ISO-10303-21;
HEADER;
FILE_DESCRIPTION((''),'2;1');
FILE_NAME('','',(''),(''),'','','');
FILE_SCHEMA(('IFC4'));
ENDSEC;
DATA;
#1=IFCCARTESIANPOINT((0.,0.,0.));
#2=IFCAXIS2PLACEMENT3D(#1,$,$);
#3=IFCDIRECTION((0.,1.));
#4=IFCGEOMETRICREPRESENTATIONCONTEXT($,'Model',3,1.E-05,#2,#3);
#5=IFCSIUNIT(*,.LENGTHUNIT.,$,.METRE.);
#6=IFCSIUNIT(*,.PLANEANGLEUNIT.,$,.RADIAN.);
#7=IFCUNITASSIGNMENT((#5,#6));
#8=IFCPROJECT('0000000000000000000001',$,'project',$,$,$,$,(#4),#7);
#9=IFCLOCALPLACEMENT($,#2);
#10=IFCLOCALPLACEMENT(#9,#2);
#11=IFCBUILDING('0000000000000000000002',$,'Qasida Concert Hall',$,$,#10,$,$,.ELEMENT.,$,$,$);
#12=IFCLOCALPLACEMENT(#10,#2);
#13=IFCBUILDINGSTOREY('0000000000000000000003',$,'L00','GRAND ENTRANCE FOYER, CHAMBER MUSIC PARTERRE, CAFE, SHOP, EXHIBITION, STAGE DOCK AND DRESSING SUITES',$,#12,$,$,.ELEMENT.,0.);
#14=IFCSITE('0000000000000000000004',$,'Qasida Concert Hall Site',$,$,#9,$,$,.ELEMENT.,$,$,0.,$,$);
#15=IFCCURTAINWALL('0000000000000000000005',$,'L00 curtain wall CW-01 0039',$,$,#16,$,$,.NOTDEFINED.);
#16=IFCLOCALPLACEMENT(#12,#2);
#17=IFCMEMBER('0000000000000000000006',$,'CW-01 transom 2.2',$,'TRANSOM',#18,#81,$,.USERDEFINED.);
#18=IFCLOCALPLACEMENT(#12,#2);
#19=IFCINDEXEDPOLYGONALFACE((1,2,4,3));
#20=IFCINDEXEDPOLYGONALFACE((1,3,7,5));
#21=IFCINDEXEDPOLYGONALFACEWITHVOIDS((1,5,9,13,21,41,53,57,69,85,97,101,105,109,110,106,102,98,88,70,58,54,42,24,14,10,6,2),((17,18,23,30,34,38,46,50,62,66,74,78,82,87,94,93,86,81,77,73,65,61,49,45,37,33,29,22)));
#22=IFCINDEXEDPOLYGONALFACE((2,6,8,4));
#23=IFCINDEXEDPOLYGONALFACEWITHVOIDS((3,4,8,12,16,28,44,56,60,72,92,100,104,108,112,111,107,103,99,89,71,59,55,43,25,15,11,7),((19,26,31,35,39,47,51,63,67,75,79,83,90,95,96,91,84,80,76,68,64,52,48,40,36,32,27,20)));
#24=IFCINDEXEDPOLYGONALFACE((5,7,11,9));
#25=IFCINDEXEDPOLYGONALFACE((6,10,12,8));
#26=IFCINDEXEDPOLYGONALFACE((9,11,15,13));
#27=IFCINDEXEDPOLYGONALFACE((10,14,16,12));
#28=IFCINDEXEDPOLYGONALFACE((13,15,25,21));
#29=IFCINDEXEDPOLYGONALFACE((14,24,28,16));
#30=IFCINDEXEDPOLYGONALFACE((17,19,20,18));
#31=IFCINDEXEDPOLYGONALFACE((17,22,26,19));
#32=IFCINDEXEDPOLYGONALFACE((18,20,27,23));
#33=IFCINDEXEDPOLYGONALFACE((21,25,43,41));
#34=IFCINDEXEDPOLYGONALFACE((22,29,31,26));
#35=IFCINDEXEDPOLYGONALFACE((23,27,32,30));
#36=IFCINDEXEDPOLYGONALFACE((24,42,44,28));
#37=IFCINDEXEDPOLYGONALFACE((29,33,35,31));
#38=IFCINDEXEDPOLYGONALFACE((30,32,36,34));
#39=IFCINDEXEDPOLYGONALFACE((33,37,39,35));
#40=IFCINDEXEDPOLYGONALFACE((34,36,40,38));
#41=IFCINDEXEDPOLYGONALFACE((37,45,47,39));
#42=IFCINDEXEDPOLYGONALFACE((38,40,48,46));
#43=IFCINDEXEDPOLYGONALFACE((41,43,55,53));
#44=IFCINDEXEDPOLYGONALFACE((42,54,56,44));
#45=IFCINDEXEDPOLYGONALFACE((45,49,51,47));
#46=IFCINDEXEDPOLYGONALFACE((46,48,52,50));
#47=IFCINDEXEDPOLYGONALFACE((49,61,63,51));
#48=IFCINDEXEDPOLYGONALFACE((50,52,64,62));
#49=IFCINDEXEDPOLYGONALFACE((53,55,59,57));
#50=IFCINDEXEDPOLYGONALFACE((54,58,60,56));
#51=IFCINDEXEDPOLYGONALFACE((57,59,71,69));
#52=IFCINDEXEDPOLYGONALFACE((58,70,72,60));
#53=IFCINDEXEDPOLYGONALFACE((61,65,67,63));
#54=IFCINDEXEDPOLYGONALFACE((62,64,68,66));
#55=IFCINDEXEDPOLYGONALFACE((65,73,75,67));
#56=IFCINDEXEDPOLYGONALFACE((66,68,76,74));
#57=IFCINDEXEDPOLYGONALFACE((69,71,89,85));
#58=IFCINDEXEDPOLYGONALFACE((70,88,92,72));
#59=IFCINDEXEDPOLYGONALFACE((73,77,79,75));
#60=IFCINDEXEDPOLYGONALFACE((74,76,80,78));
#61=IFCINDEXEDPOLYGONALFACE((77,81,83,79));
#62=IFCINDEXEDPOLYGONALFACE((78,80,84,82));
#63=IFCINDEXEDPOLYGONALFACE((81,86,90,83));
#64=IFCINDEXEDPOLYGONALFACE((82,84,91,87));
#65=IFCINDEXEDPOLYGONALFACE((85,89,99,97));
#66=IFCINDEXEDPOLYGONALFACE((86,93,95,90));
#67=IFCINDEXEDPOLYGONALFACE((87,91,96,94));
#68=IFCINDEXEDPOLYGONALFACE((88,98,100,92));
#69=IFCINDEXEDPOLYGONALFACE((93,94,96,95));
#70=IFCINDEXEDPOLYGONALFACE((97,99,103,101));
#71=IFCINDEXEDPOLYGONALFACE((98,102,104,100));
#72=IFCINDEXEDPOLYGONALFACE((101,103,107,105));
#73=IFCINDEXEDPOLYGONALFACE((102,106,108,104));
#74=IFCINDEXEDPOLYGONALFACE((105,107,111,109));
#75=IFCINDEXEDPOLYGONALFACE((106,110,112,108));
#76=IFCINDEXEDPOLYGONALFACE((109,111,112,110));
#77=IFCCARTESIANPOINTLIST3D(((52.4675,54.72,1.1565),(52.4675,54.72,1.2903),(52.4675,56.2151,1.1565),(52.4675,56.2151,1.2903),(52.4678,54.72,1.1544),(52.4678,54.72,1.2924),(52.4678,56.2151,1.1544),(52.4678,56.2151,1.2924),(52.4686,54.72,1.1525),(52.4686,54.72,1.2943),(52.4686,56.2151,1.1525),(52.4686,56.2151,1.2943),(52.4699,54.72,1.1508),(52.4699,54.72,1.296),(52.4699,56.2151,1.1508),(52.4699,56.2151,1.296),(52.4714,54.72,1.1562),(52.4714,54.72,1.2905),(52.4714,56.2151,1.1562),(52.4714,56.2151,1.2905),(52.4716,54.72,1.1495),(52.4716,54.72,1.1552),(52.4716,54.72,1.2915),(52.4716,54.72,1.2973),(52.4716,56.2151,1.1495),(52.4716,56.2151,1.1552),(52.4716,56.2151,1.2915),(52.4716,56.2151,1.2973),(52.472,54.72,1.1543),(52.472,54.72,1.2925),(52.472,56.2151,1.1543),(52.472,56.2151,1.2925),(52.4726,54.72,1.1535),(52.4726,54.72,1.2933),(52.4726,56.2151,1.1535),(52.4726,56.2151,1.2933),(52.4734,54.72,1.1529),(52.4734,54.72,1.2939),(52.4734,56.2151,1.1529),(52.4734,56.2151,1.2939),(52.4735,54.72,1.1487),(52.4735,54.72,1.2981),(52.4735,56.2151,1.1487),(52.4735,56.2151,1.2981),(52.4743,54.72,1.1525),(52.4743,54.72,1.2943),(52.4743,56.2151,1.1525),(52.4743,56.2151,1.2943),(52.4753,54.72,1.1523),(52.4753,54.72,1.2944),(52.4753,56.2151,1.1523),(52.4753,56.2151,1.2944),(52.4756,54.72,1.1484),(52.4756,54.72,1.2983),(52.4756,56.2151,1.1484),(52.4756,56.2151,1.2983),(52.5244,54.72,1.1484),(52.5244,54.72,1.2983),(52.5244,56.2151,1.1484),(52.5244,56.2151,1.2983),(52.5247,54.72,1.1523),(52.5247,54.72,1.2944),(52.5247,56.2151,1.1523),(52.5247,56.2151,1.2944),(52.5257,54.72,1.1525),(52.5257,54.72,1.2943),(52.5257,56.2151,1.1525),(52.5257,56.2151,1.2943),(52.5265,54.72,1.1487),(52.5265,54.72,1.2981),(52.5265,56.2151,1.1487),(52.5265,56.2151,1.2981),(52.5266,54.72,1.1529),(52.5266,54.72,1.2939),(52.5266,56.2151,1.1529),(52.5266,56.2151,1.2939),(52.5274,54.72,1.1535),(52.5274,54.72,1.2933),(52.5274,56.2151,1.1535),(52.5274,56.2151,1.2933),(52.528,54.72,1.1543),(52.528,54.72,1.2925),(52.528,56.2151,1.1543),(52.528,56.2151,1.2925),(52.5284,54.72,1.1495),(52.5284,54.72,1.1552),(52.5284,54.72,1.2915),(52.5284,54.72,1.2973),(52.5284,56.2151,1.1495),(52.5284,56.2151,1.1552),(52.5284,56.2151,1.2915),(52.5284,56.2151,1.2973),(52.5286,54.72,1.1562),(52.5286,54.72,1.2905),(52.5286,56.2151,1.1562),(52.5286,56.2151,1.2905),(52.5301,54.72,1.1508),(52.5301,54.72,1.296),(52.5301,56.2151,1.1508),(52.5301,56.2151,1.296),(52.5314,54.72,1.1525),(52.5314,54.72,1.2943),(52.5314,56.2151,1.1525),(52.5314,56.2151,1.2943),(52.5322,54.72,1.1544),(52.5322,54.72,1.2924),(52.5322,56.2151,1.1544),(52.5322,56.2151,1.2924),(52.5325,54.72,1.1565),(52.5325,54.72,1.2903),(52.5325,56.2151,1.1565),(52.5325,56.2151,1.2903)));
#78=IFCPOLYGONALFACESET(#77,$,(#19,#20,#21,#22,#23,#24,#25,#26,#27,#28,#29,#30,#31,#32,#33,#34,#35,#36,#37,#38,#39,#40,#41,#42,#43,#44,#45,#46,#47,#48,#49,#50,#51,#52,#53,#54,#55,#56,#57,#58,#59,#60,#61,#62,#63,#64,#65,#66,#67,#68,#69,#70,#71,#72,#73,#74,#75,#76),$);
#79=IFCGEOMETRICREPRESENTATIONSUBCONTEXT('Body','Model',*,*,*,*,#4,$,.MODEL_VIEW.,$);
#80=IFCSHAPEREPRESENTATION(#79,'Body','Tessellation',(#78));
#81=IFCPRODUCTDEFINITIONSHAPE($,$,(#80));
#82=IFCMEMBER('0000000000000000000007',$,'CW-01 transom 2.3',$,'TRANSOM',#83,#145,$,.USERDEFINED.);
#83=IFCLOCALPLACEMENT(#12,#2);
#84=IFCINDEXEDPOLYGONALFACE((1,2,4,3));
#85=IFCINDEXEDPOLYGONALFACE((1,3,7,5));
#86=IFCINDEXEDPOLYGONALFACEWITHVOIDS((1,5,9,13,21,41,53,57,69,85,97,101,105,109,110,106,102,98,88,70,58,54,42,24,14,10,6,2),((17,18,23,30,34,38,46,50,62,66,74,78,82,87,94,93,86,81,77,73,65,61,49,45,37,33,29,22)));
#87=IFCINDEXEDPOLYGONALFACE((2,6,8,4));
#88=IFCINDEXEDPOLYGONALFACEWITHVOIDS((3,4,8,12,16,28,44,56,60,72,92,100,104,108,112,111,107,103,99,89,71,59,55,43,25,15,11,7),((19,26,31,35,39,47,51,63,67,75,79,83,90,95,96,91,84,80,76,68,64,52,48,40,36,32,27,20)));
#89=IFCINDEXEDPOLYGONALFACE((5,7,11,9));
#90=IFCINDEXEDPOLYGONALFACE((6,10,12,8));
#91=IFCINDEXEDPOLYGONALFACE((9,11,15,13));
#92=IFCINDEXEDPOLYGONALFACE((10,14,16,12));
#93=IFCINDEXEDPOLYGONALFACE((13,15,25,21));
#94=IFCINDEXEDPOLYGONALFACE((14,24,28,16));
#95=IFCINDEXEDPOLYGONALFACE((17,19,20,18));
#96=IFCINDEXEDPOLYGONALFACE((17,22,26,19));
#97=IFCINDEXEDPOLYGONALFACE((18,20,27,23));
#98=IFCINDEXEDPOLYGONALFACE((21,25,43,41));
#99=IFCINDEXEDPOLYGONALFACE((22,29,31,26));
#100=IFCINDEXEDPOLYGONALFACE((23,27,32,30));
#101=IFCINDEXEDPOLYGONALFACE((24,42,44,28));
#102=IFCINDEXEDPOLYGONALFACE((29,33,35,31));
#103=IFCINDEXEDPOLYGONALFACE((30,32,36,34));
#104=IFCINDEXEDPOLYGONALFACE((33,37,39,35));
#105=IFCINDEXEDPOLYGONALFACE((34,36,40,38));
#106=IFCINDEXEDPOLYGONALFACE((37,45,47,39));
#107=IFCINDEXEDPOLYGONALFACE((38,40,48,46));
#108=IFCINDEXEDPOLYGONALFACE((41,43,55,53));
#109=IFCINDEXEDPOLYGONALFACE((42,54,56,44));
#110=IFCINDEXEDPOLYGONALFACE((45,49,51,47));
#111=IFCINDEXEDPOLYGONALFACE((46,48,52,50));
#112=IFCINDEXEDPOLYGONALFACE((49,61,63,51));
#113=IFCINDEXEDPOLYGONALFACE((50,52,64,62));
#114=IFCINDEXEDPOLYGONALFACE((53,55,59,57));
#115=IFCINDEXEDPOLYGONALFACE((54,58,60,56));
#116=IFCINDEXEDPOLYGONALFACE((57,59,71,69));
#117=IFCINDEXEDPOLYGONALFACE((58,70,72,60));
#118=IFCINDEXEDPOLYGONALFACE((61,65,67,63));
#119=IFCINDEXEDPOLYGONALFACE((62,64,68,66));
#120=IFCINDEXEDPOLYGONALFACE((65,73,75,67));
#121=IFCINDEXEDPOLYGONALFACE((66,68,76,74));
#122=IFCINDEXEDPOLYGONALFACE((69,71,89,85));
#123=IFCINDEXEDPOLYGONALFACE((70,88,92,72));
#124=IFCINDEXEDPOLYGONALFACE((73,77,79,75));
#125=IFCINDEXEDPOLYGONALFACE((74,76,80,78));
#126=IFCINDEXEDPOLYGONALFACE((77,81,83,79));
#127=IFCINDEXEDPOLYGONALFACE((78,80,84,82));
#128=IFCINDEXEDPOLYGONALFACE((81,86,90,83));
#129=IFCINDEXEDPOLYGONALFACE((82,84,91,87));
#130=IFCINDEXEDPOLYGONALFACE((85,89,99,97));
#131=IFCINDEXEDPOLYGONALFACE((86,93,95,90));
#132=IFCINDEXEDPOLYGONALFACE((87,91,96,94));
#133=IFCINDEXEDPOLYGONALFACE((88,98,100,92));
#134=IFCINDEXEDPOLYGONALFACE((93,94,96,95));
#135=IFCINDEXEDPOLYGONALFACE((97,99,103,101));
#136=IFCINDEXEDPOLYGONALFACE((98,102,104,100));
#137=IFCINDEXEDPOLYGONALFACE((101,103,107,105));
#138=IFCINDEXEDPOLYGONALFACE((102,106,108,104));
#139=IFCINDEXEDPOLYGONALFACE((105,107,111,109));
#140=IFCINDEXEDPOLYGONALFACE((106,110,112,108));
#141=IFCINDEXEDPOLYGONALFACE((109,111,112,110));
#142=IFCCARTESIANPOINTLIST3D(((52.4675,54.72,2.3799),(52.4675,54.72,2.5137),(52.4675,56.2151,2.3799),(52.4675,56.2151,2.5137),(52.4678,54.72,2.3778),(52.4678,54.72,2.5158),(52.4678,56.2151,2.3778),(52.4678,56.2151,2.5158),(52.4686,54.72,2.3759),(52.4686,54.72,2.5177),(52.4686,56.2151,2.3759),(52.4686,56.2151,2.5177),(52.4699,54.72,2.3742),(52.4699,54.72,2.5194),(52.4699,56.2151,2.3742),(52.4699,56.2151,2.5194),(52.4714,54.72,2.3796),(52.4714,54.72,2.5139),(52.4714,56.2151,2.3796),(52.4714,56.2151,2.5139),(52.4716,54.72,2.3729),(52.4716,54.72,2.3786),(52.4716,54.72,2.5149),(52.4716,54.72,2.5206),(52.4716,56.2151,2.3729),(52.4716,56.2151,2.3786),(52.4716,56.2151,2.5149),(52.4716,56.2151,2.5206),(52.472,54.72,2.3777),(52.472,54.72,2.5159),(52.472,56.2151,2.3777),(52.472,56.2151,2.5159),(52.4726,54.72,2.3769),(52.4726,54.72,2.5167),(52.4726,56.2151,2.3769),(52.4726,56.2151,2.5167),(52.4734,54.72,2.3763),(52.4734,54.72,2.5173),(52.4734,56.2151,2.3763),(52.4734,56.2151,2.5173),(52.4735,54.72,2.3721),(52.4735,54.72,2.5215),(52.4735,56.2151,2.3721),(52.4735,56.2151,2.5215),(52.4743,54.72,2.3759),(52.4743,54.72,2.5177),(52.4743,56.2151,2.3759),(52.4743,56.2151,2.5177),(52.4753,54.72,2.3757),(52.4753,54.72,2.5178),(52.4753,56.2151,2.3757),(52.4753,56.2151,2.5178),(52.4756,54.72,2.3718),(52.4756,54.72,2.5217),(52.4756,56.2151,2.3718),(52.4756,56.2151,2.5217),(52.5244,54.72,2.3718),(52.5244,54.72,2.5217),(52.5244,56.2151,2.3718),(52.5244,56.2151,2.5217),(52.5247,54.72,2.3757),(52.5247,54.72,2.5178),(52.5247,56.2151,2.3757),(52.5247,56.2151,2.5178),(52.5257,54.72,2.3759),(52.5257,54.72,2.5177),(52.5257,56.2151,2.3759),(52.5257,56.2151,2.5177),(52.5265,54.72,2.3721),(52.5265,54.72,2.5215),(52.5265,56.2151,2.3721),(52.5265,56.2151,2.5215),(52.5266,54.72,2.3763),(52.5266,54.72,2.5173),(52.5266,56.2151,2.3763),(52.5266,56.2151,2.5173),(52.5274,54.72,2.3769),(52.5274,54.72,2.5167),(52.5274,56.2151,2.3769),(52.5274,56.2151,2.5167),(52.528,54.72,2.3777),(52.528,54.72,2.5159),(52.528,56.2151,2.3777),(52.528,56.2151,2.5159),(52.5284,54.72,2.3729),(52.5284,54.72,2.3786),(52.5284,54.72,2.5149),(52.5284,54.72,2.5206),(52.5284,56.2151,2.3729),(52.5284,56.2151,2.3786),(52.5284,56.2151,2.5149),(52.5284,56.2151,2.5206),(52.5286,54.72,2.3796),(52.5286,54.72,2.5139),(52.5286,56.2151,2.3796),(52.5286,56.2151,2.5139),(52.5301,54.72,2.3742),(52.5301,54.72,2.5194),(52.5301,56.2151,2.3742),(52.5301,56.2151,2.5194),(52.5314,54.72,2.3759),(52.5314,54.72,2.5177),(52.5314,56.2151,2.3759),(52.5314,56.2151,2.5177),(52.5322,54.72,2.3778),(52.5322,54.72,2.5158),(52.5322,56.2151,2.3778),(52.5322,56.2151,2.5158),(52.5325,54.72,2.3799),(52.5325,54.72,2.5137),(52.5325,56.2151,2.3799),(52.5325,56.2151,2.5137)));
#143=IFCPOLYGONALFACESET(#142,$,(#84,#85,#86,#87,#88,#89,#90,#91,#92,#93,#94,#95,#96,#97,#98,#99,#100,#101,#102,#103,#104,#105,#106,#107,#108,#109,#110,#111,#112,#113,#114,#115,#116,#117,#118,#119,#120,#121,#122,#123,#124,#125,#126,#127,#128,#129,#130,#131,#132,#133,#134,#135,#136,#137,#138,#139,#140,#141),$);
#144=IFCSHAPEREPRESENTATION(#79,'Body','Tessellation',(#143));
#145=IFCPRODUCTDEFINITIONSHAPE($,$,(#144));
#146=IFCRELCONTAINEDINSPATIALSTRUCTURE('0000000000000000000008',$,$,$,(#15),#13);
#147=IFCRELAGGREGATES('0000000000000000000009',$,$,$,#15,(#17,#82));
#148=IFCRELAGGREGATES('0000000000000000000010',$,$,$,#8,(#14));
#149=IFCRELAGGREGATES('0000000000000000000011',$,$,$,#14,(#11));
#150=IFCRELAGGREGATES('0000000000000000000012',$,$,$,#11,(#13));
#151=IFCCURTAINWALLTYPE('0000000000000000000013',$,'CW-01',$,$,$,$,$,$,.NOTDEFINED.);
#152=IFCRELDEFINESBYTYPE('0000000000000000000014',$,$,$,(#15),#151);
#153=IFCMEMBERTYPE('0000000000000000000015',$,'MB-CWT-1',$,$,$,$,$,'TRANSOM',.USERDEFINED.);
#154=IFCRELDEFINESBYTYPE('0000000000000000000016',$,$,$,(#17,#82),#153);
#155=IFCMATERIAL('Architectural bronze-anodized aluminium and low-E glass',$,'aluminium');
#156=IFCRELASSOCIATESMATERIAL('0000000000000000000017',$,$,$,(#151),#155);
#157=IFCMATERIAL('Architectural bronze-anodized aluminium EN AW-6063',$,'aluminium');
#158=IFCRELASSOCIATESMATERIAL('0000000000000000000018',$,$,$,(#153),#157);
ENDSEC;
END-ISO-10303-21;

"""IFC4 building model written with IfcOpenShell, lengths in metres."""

from ifc_helpers import new_model, si_unit, direction, frame, origin, origin_2d, place, context, subcontext, project, spatial, hollow_rectangle, extrude, material, material_profile, profile_set, type_object, element, aggregate, save


model = new_model("IFC4")

# Units and contexts
model_context = context("Model", 3, precision=1e-05, world=origin(), true_north=direction((0.0, 1.0)))
body_context = subcontext(model_context, "Body", "Model", "MODEL_VIEW")
ifc_project = project(units=[si_unit("LENGTHUNIT", "METRE"), si_unit("PLANEANGLEUNIT", "RADIAN")], contexts=[model_context])

# Site, building, storey
site_placement = place(None, origin())
site = spatial("IfcSite", under=ifc_project, at=site_placement, Name="Qasida Concert Hall Site", CompositionType="ELEMENT", RefElevation=0.0)
building_placement = place(site_placement, origin())
building = spatial("IfcBuilding", under=site, at=building_placement, Name="Qasida Concert Hall", CompositionType="ELEMENT")
storey_placement = place(building_placement, origin())
storey = spatial("IfcBuildingStorey", under=building, at=storey_placement, Name="L00", Description="GRAND ENTRANCE FOYER, CHAMBER MUSIC PARTERRE, CAFE, SHOP, EXHIBITION, STAGE DOCK AND DRESSING SUITES", CompositionType="ELEMENT", Elevation=0.0)

# Curtain wall, members
ifc_material_1 = material(Name="Architectural bronze-anodized aluminium and low-E glass", Category="aluminium")
curtain_wall_type = type_object("IfcCurtainWallType", Name="CW-01", PredefinedType="NOTDEFINED", material=ifc_material_1)
curtain_wall_placement = place(storey_placement, origin())
curtain_wall = element("IfcCurtainWall", 1, at=curtain_wall_placement, inside=storey, type_object=curtain_wall_type, Name="L00 curtain wall CW-01 0039", PredefinedType="NOTDEFINED")
ifc_material_2 = material(Name="Architectural bronze-anodized aluminium EN AW-6063", Category="aluminium")
ifc_material_profile_1 = material_profile(ifc_material_2, hollow_rectangle(XDim=0.0649, YDim=0.1499, WallThickness=0.0039, InnerFilletRadius=0.0039, OuterFilletRadius=0.0081, at=origin_2d()), Name="CWT 150x65x4")
ifc_profile_set_1 = profile_set([ifc_material_profile_1], Name="Architectural bronze-anodized aluminium EN AW-6063")
member_type_1 = type_object("IfcMemberType", Name="MB-CWT-1", ElementType="TRANSOM", PredefinedType="USERDEFINED", material=ifc_profile_set_1)
member_1_placement = place(storey_placement, frame((52.5, 54.72, 1.2234), z_axis=(0.0, 1.0, 0.0), x_axis=(-1.0, 0.0, 0.0)))
member_1 = element("IfcMember", 2, at=member_1_placement, type_object=member_type_1, Name="CW-01 transom 2.2", ObjectType="TRANSOM", PredefinedType="USERDEFINED", context=body_context, shape_type="SweptSolid", body=[
    extrude(hollow_rectangle(XDim=0.0649, YDim=0.1499, WallThickness=0.0039, InnerFilletRadius=0.0039, OuterFilletRadius=0.0081, at=origin_2d()), origin(), (0.0, 0.0, 1.0), 1.4951),
])
member_2_placement = place(storey_placement, frame((52.5, 54.72, 2.4468), z_axis=(0.0, 1.0, 0.0), x_axis=(-1.0, 0.0, 0.0)))
member_2 = element("IfcMember", 3, at=member_2_placement, type_object=member_type_1, Name="CW-01 transom 2.3", ObjectType="TRANSOM", PredefinedType="USERDEFINED", context=body_context, shape_type="SweptSolid", body=[
    extrude(hollow_rectangle(XDim=0.0649, YDim=0.1499, WallThickness=0.0039, InnerFilletRadius=0.0039, OuterFilletRadius=0.0081, at=origin_2d()), origin(), (0.0, 0.0, 1.0), 1.4951),
])
aggregate(curtain_wall, [member_1, member_2])

save(model, "model.ifc")
